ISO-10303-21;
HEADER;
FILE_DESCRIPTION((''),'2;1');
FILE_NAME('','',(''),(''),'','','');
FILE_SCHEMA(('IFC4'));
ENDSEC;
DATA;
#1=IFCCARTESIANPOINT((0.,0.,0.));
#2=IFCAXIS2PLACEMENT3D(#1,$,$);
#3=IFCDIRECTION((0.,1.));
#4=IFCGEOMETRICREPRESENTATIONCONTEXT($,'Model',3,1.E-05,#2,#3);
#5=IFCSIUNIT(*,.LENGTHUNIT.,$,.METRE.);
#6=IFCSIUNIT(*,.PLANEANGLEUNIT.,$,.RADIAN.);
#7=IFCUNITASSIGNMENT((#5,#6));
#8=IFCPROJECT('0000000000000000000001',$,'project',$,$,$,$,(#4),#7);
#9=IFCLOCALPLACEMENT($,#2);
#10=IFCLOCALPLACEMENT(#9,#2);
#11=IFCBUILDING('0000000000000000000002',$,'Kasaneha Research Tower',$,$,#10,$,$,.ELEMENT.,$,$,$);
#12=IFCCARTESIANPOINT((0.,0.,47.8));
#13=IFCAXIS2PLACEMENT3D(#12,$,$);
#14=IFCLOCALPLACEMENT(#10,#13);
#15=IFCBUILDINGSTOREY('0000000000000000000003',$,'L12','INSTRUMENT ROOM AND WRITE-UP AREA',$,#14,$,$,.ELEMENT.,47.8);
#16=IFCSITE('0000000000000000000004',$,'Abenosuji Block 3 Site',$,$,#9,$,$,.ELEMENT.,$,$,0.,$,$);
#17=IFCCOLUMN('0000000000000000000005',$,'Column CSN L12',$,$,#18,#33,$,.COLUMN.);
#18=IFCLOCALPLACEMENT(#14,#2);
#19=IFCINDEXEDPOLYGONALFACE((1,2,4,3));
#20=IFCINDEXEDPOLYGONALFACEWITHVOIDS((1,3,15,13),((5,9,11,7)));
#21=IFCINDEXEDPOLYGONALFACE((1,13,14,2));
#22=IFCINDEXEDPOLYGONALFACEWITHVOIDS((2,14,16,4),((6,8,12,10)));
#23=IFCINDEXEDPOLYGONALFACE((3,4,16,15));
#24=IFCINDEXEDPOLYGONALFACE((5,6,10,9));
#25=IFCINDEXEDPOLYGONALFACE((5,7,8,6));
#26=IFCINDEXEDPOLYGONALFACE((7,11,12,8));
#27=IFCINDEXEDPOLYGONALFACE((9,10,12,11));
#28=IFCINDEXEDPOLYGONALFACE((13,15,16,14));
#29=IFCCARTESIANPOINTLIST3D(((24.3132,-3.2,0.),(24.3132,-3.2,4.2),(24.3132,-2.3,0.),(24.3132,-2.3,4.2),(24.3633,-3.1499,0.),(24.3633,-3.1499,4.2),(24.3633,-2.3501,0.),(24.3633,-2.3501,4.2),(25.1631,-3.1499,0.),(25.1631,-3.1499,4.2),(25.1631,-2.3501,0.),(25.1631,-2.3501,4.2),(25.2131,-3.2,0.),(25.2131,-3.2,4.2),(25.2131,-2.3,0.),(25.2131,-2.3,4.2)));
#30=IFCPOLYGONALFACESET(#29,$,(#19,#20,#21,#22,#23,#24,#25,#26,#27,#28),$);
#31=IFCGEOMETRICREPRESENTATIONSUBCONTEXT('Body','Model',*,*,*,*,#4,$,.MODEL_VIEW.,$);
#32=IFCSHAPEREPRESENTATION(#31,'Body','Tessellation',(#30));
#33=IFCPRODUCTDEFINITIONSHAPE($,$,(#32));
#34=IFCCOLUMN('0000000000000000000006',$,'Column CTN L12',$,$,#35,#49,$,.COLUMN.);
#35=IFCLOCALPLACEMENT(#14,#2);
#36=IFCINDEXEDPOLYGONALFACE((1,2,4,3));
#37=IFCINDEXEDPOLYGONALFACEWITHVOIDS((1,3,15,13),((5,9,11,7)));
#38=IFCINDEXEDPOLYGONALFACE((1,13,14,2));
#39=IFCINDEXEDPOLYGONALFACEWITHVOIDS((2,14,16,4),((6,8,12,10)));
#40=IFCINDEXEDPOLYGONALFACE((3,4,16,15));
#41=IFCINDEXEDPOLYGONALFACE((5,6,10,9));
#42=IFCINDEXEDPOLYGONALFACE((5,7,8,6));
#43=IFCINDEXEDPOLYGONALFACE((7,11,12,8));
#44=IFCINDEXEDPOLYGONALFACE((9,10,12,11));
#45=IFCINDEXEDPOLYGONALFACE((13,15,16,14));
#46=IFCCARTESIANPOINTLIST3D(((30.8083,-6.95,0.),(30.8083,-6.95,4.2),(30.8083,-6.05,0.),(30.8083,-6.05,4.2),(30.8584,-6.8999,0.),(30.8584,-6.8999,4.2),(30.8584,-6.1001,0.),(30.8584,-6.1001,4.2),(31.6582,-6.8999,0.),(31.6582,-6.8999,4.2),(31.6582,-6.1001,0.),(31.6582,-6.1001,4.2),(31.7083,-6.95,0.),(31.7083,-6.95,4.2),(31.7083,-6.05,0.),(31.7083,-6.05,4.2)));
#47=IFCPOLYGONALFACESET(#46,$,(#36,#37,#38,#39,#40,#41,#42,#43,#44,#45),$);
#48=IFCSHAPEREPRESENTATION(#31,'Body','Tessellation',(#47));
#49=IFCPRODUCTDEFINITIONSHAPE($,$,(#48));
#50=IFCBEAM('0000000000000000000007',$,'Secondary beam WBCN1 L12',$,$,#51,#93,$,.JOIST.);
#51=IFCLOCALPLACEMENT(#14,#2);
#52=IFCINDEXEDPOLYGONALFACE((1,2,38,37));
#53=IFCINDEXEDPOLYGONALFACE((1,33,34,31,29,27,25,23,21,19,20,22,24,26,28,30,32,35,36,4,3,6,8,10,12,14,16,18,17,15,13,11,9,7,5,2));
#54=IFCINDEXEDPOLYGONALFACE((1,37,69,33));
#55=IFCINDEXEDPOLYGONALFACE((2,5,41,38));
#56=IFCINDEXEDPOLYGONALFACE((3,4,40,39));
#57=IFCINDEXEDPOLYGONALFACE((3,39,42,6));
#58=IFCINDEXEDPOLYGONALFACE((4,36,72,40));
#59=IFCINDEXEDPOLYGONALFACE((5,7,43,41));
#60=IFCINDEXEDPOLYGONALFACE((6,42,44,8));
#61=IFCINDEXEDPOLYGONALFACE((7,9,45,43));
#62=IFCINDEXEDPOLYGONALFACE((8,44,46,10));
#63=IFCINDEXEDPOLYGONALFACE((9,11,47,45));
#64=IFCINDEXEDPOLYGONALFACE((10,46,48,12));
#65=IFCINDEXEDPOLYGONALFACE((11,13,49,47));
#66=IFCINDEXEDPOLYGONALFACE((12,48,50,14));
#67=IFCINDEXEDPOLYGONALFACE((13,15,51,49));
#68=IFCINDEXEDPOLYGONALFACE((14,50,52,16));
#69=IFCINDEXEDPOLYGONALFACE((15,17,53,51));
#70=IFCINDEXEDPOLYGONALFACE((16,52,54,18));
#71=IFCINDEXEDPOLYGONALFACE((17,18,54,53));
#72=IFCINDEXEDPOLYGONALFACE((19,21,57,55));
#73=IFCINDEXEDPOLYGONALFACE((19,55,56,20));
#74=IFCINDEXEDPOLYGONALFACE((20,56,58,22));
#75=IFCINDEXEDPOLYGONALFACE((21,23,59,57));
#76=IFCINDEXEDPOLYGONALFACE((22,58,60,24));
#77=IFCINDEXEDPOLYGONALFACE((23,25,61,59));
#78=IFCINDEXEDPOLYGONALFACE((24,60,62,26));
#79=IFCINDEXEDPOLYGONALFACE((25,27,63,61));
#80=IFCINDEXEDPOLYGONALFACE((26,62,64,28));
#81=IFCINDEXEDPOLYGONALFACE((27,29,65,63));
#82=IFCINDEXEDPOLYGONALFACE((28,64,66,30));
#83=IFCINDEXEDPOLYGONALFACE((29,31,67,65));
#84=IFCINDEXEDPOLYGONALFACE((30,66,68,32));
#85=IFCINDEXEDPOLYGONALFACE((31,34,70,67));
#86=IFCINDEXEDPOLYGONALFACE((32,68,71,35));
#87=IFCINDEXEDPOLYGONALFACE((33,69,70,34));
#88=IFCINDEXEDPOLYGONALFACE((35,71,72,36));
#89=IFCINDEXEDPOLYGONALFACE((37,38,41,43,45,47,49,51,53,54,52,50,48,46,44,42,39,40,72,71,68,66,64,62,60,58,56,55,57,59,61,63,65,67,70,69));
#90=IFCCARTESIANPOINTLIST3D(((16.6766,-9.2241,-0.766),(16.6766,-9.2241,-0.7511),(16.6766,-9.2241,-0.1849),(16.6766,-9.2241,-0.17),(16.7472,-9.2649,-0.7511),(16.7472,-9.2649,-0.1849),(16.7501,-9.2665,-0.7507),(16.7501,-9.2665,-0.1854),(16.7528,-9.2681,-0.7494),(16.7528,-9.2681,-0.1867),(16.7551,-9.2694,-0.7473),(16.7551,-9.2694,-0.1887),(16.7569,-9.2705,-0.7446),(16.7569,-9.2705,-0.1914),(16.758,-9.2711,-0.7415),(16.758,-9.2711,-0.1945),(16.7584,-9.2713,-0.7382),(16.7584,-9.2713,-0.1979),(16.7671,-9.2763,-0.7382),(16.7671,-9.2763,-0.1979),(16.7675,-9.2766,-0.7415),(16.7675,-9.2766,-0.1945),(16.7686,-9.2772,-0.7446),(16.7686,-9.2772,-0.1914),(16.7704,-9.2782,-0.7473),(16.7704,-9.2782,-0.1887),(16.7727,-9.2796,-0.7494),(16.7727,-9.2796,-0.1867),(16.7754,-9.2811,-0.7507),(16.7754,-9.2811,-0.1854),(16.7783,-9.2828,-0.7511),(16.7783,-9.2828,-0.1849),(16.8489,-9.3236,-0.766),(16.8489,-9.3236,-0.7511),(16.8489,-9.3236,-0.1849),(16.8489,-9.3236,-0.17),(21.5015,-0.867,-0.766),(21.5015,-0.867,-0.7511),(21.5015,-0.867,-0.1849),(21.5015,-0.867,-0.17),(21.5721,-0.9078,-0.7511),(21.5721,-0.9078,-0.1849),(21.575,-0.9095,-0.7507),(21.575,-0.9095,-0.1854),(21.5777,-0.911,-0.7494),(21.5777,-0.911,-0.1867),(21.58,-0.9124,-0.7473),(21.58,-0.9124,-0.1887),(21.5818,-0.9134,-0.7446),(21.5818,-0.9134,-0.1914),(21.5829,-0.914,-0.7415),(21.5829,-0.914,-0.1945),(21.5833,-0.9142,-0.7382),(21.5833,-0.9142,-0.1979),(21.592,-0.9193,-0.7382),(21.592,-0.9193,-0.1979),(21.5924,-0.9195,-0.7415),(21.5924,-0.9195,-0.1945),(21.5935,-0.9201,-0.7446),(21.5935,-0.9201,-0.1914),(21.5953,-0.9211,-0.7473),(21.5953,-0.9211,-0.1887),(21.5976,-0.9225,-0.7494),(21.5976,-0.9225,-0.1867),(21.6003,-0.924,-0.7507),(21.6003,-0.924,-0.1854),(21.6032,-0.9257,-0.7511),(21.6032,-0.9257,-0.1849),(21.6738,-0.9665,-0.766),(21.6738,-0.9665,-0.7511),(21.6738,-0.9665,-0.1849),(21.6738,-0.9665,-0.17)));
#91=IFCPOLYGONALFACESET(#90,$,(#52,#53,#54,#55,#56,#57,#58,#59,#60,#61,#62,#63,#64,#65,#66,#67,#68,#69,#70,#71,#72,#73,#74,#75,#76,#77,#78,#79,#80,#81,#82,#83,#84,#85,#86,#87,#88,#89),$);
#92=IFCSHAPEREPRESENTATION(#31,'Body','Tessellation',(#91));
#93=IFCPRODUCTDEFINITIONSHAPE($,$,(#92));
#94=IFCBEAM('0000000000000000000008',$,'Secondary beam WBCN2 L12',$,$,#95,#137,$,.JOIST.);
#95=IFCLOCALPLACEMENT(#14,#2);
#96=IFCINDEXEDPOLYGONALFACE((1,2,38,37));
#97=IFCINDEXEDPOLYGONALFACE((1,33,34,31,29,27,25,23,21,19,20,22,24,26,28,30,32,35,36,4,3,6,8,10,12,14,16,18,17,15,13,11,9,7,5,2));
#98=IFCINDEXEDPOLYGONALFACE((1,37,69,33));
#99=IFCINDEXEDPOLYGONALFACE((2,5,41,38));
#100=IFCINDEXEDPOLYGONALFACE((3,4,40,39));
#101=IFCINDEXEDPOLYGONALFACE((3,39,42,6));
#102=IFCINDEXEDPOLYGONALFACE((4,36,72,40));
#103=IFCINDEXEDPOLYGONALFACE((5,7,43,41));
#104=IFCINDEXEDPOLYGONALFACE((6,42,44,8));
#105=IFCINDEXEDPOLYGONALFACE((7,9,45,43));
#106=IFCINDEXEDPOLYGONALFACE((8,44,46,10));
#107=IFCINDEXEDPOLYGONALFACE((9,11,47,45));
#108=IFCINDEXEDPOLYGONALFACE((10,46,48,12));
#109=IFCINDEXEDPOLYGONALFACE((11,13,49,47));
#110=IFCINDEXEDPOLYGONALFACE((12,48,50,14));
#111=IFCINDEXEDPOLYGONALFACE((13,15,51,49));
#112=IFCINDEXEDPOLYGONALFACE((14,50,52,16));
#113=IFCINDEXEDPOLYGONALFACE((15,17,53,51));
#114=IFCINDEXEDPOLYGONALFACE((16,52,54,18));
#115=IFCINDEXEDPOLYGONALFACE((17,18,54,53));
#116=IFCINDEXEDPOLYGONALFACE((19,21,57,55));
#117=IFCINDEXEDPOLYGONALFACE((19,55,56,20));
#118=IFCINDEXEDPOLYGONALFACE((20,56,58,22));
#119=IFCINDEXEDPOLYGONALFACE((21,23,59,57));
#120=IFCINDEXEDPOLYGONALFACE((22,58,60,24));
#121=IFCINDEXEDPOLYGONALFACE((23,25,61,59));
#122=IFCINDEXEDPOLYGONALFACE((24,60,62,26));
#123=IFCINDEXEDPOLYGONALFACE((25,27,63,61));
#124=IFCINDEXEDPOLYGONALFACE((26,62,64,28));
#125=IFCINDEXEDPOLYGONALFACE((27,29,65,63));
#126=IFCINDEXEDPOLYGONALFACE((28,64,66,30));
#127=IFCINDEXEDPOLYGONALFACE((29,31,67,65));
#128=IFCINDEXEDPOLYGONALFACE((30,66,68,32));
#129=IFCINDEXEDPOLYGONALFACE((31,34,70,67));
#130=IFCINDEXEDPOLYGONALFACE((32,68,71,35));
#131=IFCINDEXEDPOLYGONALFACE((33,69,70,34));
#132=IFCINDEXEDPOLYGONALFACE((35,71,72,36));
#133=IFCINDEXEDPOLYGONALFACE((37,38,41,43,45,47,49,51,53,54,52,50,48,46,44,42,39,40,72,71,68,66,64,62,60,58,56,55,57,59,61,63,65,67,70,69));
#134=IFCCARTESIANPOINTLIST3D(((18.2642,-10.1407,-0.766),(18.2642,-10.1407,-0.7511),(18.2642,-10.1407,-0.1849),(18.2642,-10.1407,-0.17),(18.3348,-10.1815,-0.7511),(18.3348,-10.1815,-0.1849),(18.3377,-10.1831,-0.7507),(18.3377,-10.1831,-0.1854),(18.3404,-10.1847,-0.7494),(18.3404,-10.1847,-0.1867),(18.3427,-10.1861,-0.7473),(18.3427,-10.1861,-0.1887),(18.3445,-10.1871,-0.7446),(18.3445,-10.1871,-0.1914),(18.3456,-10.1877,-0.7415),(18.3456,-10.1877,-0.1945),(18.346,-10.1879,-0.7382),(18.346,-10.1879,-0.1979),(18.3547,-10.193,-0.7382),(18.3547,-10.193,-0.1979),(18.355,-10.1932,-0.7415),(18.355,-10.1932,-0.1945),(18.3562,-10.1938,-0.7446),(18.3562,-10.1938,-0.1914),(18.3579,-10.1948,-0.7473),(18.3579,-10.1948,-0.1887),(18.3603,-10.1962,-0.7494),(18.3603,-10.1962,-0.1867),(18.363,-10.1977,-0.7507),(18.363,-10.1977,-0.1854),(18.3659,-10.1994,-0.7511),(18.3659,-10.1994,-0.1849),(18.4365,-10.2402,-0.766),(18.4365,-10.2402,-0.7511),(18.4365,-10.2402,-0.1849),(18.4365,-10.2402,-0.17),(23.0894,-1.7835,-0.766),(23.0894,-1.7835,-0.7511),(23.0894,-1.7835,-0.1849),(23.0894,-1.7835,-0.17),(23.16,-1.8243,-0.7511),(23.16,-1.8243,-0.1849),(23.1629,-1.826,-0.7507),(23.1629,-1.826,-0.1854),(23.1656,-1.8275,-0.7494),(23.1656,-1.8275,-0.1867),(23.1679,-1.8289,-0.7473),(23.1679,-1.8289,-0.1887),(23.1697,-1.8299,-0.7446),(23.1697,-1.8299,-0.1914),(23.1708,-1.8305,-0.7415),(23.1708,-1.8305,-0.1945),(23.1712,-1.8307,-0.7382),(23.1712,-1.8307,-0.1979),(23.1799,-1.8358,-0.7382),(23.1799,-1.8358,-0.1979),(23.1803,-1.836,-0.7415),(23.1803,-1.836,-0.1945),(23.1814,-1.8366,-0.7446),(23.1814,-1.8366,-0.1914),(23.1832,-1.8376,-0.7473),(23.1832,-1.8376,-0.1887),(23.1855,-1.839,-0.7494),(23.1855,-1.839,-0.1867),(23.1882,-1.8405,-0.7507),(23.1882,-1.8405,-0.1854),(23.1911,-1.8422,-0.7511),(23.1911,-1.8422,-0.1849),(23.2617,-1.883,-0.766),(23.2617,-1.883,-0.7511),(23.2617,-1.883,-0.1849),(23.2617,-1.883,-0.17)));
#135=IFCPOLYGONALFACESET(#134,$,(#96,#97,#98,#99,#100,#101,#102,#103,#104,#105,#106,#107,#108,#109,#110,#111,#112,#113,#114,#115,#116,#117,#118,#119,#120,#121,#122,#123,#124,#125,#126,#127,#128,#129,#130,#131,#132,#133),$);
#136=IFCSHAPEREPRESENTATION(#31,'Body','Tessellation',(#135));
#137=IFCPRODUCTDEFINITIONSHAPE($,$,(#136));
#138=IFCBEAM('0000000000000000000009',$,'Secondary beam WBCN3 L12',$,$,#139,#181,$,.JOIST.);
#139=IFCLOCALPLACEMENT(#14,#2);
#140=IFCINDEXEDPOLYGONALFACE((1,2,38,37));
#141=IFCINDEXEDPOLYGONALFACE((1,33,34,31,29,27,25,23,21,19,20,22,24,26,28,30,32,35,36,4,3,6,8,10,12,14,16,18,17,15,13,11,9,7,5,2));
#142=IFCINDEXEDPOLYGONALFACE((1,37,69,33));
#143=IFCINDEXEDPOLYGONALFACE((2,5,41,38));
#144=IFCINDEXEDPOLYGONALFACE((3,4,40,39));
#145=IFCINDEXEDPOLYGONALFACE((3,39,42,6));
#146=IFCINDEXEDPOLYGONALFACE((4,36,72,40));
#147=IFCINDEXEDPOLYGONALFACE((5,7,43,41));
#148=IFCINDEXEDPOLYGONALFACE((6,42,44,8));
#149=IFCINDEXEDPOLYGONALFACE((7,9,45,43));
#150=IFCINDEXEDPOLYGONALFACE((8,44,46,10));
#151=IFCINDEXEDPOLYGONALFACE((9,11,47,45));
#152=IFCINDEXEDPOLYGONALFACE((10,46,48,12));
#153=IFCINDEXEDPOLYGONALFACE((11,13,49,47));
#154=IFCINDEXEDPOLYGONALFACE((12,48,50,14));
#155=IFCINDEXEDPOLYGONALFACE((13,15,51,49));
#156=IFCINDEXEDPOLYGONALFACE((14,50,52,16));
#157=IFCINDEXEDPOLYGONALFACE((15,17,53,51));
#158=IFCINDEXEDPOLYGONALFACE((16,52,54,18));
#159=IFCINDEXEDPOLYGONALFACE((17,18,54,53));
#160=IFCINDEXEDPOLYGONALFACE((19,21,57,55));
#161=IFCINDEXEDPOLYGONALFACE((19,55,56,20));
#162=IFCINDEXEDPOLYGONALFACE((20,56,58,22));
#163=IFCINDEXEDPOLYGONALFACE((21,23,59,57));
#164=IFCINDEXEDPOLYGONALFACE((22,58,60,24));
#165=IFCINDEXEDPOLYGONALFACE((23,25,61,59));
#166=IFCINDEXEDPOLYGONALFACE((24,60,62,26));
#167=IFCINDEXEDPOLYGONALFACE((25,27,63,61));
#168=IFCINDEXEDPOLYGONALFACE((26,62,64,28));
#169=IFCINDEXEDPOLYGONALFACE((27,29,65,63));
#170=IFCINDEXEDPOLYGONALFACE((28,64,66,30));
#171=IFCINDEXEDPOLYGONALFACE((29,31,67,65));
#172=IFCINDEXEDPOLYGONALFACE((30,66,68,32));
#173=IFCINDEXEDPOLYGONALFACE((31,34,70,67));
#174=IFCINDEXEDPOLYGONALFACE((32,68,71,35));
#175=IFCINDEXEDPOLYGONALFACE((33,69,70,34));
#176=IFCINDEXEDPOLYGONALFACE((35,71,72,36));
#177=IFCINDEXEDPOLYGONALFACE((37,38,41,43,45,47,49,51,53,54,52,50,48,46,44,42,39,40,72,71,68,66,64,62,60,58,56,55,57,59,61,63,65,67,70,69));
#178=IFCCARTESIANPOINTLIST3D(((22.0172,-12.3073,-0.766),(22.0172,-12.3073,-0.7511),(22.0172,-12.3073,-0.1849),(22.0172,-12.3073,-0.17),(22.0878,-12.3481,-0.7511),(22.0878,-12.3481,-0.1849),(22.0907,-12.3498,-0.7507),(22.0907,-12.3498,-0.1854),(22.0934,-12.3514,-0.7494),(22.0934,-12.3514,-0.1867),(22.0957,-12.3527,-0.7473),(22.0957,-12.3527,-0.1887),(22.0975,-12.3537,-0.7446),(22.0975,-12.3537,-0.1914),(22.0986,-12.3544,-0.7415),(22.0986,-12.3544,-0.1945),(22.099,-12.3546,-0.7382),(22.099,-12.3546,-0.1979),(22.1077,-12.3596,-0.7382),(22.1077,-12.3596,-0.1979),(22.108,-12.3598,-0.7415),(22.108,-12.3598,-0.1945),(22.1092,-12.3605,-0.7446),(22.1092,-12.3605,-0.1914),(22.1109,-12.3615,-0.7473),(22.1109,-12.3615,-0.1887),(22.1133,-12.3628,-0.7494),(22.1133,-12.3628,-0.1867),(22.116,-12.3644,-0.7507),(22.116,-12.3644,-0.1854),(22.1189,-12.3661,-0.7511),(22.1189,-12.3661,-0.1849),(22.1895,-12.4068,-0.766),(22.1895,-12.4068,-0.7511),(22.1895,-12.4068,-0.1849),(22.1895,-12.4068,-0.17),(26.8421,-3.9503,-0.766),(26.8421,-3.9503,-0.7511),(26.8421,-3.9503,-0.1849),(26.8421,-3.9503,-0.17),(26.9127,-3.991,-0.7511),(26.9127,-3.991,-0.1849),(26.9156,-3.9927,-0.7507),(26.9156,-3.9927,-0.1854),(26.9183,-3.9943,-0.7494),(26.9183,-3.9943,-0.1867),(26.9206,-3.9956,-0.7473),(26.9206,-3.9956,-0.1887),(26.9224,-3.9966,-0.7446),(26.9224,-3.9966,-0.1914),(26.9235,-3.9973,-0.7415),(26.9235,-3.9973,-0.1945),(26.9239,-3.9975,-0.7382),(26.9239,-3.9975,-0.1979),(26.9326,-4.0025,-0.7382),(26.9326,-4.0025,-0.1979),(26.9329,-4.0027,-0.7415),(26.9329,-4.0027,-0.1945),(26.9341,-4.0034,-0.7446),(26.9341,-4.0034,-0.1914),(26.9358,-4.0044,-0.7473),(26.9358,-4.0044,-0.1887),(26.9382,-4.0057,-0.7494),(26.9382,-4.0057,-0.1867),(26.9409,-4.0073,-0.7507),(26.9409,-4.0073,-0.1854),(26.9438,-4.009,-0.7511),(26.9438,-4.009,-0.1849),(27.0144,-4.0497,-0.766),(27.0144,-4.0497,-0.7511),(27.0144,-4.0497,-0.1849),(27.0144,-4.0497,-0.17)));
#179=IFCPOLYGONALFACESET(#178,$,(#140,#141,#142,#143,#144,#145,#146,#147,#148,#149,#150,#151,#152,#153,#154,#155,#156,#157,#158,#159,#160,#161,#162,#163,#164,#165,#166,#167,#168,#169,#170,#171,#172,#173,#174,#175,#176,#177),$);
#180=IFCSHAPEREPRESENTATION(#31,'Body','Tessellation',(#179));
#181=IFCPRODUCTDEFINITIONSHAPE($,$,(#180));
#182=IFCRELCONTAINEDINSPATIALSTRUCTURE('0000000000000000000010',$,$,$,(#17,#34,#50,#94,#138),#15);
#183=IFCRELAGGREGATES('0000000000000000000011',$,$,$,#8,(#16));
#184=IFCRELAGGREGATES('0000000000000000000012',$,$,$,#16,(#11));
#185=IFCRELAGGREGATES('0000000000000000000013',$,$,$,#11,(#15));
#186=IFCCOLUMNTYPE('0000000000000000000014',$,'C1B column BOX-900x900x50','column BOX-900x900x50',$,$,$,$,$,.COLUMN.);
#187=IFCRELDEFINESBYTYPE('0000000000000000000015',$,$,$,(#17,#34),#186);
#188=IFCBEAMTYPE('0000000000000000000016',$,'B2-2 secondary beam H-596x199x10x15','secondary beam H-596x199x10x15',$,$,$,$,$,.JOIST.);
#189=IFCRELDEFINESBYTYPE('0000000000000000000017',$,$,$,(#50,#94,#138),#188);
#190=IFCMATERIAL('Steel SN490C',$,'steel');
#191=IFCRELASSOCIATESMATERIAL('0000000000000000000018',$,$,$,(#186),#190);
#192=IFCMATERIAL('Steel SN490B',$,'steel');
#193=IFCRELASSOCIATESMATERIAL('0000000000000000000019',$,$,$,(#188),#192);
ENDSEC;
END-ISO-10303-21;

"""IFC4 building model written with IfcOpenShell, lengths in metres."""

from ifc_helpers import new_model, si_unit, direction, frame, origin, origin_2d, place, context, subcontext, project, spatial, hollow_rectangle, i_section, extrude, material, material_profile, profile_set, type_object, element, save


model = new_model("IFC4")

# Units and contexts
model_context = context("Model", 3, precision=1e-05, world=origin(), true_north=direction((0.0, 1.0)))
body_context = subcontext(model_context, "Body", "Model", "MODEL_VIEW")
ifc_project = project(units=[si_unit("LENGTHUNIT", "METRE"), si_unit("PLANEANGLEUNIT", "RADIAN")], contexts=[model_context])

# Site, building, storey
site_placement = place(None, origin())
site = spatial("IfcSite", under=ifc_project, at=site_placement, Name="Abenosuji Block 3 Site", CompositionType="ELEMENT", RefElevation=0.0)
building_placement = place(site_placement, origin())
building = spatial("IfcBuilding", under=site, at=building_placement, Name="Kasaneha Research Tower", CompositionType="ELEMENT")
storey_placement = place(building_placement, frame((0.0, 0.0, 47.8)))
storey = spatial("IfcBuildingStorey", under=building, at=storey_placement, Name="L12", Description="INSTRUMENT ROOM AND WRITE-UP AREA", CompositionType="ELEMENT", Elevation=47.8)

# Columns
ifc_material_1 = material(Name="Steel SN490C", Category="steel")
ifc_material_profile_1 = material_profile(ifc_material_1, hollow_rectangle(XDim=0.8999, YDim=0.8999, WallThickness=0.05, at=origin_2d()), Name="BOX-900x900x50")
ifc_profile_set_1 = profile_set([ifc_material_profile_1], Name="Steel SN490C")
column_type = type_object("IfcColumnType", Name="C1B column BOX-900x900x50", Description="column BOX-900x900x50", PredefinedType="COLUMN", material=ifc_profile_set_1)
for number, where, z_axis, x_axis, name in (
    (1, (24.7632, -2.75, 0.0), (0.0, 0.0, 1.0), (1.0, 0.0, 0.0), "Column CSN L12"),
    (2, (31.2583, -6.5, 0.0), (0.0, 0.0, 1.0), (1.0, 0.0, 0.0), "Column CTN L12"),
):
    element("IfcColumn", number, at=place(storey_placement, frame(where, z_axis=z_axis, x_axis=x_axis)), inside=storey, type_object=column_type, Name=name, PredefinedType="COLUMN", context=body_context, shape_type="SweptSolid", body=[
        extrude(hollow_rectangle(XDim=0.8999, YDim=0.8999, WallThickness=0.05, at=origin_2d()), origin(), (0.0, 0.0, 1.0), 4.2),
    ])

# Beams
ifc_material_2 = material(Name="Steel SN490B", Category="steel")
ifc_material_profile_2 = material_profile(ifc_material_2, i_section(OverallWidth=0.199, OverallDepth=0.5959, WebThickness=0.01, FlangeThickness=0.0149, FilletRadius=0.0129, at=origin_2d()), Name="H-596x199x10x15")
ifc_profile_set_2 = profile_set([ifc_material_profile_2], Name="Steel SN490B")
beam_type_1 = type_object("IfcBeamType", Name="B2-2 secondary beam H-596x199x10x15", Description="secondary beam H-596x199x10x15", PredefinedType="JOIST", material=ifc_profile_set_2)
beam_1_placement = place(storey_placement, frame((21.5876, -0.9167, -0.468), z_axis=(-0.499995, -0.866028, 0.0), x_axis=(0.866028, -0.499995, 0.0)))
element("IfcBeam", 3, at=beam_1_placement, inside=storey, type_object=beam_type_1, Name="Secondary beam WBCN1 L12", PredefinedType="JOIST", context=body_context, shape_type="SweptSolid", body=[
    extrude(i_section(OverallWidth=0.199, OverallDepth=0.5959, WebThickness=0.01, FlangeThickness=0.0149, FilletRadius=0.0129, at=origin_2d()), origin(), (0.0, 0.0, 1.0), 9.6499),
])
beam_2_placement = place(storey_placement, frame((23.1755, -1.8333, -0.468), z_axis=(-0.500014, -0.866017, 0.0), x_axis=(0.866017, -0.500014, 0.0)))
element("IfcBeam", 4, at=beam_2_placement, inside=storey, type_object=beam_type_1, Name="Secondary beam WBCN2 L12", PredefinedType="JOIST", context=body_context, shape_type="SweptSolid", body=[
    extrude(i_section(OverallWidth=0.199, OverallDepth=0.5959, WebThickness=0.01, FlangeThickness=0.0149, FilletRadius=0.0129, at=origin_2d()), origin(), (0.0, 0.0, 1.0), 9.6501),
])
for number, where, z_axis, x_axis, name in (
    (5, (26.9282, -4.0, -0.468), (-0.499995, -0.866028, 0.0), (0.866028, -0.499995, 0.0), "Secondary beam WBCN3 L12"),
):
    element("IfcBeam", number, at=place(storey_placement, frame(where, z_axis=z_axis, x_axis=x_axis)), inside=storey, type_object=beam_type_1, Name=name, PredefinedType="JOIST", context=body_context, shape_type="SweptSolid", body=[
        extrude(i_section(OverallWidth=0.199, OverallDepth=0.5959, WebThickness=0.01, FlangeThickness=0.0149, FilletRadius=0.0129, at=origin_2d()), origin(), (0.0, 0.0, 1.0), 9.6499),
    ])

save(model, "model.ifc")
